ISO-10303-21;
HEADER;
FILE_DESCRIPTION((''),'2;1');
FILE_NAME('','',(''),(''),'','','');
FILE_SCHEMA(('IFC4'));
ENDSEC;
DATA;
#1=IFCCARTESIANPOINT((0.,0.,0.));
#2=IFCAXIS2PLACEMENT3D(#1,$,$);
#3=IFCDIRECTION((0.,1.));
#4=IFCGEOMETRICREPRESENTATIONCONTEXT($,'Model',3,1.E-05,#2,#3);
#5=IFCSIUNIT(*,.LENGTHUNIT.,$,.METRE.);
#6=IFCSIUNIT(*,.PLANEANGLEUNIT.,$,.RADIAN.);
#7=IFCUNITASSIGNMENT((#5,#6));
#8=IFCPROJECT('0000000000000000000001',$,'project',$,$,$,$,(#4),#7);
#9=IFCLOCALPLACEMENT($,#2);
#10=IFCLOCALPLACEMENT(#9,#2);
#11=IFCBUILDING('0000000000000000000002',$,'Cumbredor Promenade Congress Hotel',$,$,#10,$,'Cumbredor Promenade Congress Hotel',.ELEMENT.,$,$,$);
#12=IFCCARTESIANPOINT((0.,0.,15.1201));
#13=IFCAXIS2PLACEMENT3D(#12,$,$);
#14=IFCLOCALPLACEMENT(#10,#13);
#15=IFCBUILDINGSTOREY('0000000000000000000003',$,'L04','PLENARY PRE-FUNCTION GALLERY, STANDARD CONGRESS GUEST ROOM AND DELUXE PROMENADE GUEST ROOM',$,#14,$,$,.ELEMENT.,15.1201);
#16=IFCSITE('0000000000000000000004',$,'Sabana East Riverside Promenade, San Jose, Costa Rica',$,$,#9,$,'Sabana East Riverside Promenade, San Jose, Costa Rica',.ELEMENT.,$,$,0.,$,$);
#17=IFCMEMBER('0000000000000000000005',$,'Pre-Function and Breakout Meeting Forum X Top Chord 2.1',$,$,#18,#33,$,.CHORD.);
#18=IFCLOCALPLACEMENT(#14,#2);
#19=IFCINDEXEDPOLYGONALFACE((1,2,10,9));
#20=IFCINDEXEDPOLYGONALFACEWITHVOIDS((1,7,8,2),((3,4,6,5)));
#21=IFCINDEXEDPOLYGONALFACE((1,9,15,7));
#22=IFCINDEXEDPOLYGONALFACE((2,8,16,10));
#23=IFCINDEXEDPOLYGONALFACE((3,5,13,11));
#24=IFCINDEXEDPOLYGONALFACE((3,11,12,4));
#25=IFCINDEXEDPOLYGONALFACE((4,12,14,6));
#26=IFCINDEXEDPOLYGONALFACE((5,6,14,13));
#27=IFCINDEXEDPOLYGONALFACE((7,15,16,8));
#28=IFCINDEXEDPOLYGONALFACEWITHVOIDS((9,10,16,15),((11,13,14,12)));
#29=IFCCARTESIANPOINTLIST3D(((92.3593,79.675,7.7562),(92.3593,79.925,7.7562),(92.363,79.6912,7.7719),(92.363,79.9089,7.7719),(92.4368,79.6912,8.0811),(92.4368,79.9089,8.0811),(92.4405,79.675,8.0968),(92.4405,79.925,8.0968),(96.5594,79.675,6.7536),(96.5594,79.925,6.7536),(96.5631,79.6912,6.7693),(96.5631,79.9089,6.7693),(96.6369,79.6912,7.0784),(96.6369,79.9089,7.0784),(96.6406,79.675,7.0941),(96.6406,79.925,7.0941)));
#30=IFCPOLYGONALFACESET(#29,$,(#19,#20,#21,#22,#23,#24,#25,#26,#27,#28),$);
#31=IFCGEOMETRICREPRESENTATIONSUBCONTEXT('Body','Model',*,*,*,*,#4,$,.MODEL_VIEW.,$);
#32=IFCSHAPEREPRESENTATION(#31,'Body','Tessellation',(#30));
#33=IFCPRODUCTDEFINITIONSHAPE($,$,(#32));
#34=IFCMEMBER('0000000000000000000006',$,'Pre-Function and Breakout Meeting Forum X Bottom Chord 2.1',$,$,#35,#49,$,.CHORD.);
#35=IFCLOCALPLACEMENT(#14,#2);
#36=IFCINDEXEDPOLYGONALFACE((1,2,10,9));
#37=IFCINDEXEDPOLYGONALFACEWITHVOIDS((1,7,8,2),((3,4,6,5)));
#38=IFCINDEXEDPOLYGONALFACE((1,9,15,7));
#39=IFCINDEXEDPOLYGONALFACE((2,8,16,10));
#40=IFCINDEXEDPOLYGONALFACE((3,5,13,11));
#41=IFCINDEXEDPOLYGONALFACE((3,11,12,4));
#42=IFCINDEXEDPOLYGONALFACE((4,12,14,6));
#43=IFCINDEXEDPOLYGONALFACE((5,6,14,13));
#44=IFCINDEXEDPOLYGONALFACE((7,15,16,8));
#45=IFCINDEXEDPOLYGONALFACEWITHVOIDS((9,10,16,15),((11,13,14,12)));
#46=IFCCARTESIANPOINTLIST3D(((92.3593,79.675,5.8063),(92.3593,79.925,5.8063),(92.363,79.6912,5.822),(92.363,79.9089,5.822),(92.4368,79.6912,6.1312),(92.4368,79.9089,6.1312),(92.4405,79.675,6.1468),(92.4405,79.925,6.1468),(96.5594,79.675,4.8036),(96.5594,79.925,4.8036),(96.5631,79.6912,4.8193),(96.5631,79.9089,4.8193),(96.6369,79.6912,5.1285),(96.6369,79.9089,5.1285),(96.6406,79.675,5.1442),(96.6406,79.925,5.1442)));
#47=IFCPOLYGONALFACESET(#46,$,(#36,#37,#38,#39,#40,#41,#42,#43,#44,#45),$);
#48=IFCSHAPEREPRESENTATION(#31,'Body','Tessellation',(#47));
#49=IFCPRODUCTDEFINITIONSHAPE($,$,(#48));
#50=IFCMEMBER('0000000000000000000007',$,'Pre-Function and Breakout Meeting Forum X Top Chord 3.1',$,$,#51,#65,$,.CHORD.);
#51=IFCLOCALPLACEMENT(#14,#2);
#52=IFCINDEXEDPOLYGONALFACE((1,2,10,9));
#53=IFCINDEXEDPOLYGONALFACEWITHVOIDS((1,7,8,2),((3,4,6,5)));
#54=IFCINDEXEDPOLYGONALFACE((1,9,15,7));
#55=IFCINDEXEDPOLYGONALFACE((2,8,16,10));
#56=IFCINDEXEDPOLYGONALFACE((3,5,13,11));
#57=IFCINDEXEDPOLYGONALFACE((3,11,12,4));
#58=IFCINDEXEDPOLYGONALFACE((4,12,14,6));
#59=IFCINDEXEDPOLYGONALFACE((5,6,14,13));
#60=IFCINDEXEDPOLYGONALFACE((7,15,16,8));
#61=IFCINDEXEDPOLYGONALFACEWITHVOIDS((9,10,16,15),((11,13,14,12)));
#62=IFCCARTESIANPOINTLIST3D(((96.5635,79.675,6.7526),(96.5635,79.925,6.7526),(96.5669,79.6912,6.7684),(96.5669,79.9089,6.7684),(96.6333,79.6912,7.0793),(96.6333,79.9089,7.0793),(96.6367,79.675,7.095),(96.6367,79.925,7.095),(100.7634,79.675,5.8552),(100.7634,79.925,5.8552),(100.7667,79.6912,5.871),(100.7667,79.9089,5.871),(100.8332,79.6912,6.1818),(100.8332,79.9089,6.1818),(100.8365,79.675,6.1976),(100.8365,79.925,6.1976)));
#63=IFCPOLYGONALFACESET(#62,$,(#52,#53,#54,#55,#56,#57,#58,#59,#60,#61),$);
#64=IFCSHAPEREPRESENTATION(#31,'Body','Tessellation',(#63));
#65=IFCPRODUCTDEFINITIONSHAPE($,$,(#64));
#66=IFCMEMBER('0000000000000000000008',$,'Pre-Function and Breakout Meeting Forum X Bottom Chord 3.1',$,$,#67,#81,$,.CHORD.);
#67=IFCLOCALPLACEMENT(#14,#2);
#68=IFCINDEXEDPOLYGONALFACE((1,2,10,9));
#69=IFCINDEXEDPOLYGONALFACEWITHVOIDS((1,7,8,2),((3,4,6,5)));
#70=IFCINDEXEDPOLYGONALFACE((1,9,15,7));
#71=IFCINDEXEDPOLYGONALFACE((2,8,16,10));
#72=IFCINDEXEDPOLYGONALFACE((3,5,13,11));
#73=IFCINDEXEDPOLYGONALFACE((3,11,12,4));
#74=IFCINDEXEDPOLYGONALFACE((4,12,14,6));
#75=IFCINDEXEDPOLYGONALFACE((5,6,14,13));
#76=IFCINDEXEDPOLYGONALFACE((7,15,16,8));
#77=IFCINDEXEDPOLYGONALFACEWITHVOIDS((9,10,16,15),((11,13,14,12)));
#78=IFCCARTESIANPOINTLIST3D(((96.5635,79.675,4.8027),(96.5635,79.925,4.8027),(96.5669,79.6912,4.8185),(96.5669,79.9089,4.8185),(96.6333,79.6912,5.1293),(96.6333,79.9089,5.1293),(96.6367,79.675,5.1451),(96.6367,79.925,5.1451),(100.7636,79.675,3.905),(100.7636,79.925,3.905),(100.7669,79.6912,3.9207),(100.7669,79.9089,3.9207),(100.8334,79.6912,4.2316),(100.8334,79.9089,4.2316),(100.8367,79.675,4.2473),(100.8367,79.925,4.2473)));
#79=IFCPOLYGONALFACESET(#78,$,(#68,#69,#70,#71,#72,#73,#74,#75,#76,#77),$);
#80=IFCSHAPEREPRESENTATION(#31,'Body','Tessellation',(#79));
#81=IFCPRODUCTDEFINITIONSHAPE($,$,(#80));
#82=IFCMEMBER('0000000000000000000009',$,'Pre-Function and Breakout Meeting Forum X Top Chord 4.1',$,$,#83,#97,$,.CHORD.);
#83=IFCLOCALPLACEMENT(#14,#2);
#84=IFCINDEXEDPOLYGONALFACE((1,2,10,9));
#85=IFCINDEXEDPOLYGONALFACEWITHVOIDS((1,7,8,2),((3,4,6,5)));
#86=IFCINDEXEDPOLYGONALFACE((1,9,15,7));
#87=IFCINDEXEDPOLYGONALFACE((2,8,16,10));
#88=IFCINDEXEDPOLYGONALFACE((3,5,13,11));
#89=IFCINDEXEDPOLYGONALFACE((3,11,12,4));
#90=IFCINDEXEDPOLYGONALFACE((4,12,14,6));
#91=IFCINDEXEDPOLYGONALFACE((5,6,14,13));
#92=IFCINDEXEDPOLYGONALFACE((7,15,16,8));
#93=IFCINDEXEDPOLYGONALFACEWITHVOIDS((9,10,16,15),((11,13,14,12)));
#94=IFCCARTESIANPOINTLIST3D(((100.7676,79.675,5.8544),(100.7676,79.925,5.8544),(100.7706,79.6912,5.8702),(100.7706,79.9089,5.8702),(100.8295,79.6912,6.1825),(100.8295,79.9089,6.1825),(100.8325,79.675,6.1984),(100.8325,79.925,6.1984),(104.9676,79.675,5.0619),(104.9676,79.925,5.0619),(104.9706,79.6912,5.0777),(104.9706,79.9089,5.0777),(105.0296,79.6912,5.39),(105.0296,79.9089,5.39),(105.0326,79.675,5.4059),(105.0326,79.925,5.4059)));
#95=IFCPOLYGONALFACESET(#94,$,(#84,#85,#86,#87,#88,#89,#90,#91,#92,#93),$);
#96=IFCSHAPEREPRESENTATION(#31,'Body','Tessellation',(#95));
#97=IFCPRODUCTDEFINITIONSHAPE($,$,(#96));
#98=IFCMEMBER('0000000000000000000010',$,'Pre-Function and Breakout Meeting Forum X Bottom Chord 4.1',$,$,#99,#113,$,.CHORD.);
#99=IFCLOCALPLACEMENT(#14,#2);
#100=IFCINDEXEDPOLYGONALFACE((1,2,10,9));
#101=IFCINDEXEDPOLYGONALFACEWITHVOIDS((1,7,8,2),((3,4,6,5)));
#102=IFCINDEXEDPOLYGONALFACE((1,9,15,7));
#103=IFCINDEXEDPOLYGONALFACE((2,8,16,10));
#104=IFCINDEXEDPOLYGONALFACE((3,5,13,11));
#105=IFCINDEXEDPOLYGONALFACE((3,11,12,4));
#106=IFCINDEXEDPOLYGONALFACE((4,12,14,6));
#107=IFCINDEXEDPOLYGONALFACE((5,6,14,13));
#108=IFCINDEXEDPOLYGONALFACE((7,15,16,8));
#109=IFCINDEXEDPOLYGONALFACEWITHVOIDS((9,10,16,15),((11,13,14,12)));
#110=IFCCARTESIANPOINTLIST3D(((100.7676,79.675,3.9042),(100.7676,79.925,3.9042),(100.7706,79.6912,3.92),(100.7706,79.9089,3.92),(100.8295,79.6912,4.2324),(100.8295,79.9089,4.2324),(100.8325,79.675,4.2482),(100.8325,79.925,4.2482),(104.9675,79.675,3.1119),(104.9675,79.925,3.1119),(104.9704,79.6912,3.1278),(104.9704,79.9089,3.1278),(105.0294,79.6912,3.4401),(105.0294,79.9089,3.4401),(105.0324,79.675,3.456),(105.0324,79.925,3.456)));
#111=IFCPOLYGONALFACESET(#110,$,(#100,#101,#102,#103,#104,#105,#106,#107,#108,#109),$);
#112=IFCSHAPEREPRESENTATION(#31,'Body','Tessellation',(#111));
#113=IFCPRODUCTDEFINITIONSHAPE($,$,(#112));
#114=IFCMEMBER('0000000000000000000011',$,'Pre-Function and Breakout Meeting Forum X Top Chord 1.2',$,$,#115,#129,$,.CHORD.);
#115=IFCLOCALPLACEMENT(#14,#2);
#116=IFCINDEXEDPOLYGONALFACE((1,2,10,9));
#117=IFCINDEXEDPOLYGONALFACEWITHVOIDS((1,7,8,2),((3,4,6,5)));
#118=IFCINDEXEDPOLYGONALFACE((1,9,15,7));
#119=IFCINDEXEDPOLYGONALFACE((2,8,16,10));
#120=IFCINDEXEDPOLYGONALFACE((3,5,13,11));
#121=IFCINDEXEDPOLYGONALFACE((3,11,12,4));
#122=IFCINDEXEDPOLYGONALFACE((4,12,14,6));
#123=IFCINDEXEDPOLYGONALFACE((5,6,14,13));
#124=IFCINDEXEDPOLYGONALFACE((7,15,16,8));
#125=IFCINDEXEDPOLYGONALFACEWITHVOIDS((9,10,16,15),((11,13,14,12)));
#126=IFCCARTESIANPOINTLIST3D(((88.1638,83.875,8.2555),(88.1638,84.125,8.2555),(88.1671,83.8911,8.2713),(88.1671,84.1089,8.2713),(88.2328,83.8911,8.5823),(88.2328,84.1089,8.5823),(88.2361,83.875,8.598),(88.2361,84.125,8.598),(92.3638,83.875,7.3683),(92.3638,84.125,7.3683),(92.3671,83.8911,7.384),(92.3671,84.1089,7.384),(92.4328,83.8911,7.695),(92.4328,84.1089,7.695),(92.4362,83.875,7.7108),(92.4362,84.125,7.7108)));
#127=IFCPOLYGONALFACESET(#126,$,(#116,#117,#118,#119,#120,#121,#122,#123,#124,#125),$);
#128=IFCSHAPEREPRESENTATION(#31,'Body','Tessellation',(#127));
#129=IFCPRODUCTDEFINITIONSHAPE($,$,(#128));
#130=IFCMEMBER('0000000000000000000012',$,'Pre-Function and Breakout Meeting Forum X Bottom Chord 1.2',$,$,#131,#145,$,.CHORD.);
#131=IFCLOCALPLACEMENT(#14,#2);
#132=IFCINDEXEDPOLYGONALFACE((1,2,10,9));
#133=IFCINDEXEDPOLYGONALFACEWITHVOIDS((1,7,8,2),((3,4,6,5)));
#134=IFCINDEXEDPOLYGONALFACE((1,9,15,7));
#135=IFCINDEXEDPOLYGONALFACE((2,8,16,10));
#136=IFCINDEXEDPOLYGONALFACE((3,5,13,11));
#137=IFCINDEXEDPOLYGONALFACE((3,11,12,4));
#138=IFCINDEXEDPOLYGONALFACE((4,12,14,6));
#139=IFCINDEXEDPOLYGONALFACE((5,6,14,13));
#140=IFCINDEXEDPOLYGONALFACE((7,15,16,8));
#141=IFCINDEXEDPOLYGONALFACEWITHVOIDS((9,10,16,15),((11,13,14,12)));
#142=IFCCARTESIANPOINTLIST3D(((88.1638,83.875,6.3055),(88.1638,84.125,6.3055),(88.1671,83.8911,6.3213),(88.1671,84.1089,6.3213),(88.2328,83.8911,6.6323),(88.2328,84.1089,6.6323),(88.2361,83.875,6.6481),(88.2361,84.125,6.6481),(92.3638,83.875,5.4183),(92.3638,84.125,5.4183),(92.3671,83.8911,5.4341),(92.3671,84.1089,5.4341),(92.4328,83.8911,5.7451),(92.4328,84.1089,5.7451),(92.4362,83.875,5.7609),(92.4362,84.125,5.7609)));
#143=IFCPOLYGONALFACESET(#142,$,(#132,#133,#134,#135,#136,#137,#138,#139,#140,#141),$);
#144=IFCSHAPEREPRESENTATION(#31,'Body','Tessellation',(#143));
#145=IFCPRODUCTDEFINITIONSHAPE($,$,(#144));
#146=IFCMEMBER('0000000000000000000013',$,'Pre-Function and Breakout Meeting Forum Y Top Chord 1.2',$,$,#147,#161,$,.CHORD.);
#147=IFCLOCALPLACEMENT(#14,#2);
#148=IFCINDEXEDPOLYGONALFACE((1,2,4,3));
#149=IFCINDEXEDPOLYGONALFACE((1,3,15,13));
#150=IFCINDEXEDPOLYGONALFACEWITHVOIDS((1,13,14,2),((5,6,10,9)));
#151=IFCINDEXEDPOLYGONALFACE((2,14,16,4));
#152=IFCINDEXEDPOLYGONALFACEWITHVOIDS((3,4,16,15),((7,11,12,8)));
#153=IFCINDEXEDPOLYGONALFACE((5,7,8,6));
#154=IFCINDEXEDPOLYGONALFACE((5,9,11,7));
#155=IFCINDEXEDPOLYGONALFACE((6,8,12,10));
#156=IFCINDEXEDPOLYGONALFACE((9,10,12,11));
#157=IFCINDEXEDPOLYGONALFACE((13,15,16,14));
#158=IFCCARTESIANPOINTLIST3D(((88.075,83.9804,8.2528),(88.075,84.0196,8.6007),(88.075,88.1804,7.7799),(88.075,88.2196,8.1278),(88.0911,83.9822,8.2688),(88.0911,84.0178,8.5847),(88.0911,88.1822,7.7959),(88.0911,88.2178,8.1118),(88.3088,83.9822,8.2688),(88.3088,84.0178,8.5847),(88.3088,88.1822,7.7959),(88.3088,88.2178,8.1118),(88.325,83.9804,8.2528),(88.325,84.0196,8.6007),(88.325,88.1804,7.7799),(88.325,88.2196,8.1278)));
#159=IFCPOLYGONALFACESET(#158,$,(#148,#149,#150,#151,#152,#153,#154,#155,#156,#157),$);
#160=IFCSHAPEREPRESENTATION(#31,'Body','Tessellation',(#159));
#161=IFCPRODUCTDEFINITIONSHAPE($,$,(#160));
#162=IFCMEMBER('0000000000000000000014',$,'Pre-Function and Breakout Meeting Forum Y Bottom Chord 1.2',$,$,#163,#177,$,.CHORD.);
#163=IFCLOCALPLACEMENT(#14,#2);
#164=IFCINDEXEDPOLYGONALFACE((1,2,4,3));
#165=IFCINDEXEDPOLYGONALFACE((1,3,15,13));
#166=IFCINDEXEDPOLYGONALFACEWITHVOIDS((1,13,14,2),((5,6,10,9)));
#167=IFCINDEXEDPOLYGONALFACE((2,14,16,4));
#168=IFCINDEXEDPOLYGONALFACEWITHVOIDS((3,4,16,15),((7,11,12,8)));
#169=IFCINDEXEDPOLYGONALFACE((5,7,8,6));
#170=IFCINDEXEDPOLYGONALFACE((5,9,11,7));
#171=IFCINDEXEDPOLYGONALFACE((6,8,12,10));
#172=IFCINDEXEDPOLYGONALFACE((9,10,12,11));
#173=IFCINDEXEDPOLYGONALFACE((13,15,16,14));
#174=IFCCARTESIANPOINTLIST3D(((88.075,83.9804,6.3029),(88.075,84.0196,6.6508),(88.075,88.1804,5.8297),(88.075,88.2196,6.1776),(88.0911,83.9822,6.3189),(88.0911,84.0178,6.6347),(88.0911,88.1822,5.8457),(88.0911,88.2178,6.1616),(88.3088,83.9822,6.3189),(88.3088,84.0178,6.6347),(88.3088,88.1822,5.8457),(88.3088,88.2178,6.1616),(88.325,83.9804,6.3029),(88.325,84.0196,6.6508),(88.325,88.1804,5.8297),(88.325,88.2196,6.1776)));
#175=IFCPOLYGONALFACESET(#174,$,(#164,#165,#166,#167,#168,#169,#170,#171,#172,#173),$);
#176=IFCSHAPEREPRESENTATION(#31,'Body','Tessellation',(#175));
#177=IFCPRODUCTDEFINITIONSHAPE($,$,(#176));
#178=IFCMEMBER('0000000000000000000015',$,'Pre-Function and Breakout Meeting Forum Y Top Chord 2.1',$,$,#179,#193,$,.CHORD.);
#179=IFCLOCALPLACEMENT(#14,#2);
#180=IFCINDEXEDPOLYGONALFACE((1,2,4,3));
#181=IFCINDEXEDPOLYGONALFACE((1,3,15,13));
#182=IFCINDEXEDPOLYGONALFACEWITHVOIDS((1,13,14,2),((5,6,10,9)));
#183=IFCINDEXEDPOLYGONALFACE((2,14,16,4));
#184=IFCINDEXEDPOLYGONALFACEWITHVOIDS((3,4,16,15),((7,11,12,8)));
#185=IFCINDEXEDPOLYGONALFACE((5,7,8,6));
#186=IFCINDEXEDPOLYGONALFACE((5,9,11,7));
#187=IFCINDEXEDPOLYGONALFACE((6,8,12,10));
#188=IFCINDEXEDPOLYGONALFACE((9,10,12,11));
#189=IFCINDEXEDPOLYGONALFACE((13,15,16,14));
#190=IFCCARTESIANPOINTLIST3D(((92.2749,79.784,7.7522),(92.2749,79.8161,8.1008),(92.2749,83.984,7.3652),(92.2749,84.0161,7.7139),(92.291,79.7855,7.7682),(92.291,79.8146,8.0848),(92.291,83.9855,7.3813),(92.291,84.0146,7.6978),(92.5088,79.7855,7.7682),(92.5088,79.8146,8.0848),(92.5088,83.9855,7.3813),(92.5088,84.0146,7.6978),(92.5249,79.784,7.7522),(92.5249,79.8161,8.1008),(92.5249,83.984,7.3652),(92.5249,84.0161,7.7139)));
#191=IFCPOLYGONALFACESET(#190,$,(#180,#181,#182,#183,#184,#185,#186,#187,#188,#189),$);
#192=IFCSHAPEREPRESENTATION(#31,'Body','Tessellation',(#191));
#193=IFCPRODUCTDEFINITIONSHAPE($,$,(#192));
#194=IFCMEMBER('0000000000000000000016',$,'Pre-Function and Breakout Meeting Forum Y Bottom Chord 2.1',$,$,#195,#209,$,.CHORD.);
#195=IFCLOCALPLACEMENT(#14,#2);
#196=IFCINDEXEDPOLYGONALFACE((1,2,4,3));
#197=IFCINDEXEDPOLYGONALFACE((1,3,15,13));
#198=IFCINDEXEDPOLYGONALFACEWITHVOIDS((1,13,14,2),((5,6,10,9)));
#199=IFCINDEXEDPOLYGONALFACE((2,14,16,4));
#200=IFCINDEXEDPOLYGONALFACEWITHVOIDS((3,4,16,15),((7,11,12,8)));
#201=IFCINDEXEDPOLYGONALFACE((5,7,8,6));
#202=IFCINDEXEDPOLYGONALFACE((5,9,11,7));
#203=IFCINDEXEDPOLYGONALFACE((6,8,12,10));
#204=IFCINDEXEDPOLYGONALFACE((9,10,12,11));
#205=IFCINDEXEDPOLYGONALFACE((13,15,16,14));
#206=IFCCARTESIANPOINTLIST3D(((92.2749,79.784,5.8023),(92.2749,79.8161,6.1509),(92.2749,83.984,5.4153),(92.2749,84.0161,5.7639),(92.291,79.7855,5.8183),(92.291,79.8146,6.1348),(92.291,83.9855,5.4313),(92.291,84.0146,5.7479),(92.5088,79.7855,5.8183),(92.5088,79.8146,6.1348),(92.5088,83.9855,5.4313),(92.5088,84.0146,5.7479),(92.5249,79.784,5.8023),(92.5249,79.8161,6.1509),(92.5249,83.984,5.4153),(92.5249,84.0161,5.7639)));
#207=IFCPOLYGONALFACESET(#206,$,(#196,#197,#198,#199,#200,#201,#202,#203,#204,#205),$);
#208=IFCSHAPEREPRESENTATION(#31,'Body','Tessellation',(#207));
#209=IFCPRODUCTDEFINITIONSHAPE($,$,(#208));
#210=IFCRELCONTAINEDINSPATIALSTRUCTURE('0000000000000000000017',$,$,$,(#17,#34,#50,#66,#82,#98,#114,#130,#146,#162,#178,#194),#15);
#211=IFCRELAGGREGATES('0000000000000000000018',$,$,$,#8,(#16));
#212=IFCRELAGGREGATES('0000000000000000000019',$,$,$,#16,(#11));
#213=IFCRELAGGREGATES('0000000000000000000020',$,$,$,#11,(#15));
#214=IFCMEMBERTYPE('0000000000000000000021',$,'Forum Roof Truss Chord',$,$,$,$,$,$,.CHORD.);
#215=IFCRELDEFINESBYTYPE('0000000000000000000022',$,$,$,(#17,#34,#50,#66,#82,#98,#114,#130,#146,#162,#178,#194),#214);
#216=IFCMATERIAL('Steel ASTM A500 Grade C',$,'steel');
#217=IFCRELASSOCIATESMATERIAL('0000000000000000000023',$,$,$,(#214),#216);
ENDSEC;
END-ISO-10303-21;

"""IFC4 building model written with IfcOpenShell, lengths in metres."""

from ifc_helpers import new_model, si_unit, direction, frame, origin, origin_2d, place, context, subcontext, project, spatial, hollow_rectangle, extrude, material, material_profile, profile_set, type_object, element, save


model = new_model("IFC4")

# Units and contexts
model_context = context("Model", 3, precision=1e-05, world=origin(), true_north=direction((0.0, 1.0)))
body_context = subcontext(model_context, "Body", "Model", "MODEL_VIEW")
ifc_project = project(units=[si_unit("LENGTHUNIT", "METRE"), si_unit("PLANEANGLEUNIT", "RADIAN")], contexts=[model_context])

# Site, building, storey
site_placement = place(None, origin())
site = spatial("IfcSite", under=ifc_project, at=site_placement, Name="Sabana East Riverside Promenade, San Jose, Costa Rica", LongName="Sabana East Riverside Promenade, San Jose, Costa Rica", CompositionType="ELEMENT", RefElevation=0.0)
building_placement = place(site_placement, origin())
building = spatial("IfcBuilding", under=site, at=building_placement, Name="Cumbredor Promenade Congress Hotel", LongName="Cumbredor Promenade Congress Hotel", CompositionType="ELEMENT")
storey_placement = place(building_placement, frame((0.0, 0.0, 15.1201)))
storey = spatial("IfcBuildingStorey", under=building, at=storey_placement, Name="L04", Description="PLENARY PRE-FUNCTION GALLERY, STANDARD CONGRESS GUEST ROOM AND DELUXE PROMENADE GUEST ROOM", CompositionType="ELEMENT", Elevation=15.1201)

# Members
ifc_material_1 = material(Name="Steel ASTM A500 Grade C", Category="steel")
ifc_material_profile_1 = material_profile(ifc_material_1, hollow_rectangle(XDim=0.25, YDim=0.3501, WallThickness=0.0161, at=origin_2d()), Name="HSS 350x250x16")
ifc_profile_set_1 = profile_set([ifc_material_profile_1], Name="Steel ASTM A500 Grade C")
member_type_1 = type_object("IfcMemberType", Name="Forum Roof Truss Chord", PredefinedType="CHORD", material=ifc_profile_set_1)
for number, where, z_axis, x_axis, name in (
    (1, (92.3999, 79.8, 7.9265), (0.972668, 0.0, -0.232199), (0.0, 1.0, 0.0), "Pre-Function and Breakout Meeting Forum X Top Chord 2.1"),
    (2, (92.3999, 79.8, 5.9766), (0.972668, 0.0, -0.232199), (0.0, 1.0, 0.0), "Pre-Function and Breakout Meeting Forum X Bottom Chord 2.1"),
):
    element("IfcMember", number, at=place(storey_placement, frame(where, z_axis=z_axis, x_axis=x_axis)), inside=storey, type_object=member_type_1, Name=name, PredefinedType="CHORD", context=body_context, shape_type="SweptSolid", body=[
        extrude(hollow_rectangle(XDim=0.25, YDim=0.3501, WallThickness=0.0161, at=origin_2d()), origin(), (0.0, 0.0, 1.0), 4.3181),
    ])
member_1_placement = place(storey_placement, frame((96.6001, 79.8, 6.9238), z_axis=(0.977923, 0.0, -0.208966), x_axis=(0.0, 1.0, 0.0)))
element("IfcMember", 3, at=member_1_placement, inside=storey, type_object=member_type_1, Name="Pre-Function and Breakout Meeting Forum X Top Chord 3.1", PredefinedType="CHORD", context=body_context, shape_type="SweptSolid", body=[
    extrude(hollow_rectangle(XDim=0.25, YDim=0.3501, WallThickness=0.0161, at=origin_2d()), origin(), (0.0, 0.0, 1.0), 4.2947),
])
member_2_placement = place(storey_placement, frame((96.6001, 79.8, 4.9739), z_axis=(0.977911, 0.0, -0.209021), x_axis=(0.0, 1.0, 0.0)))
element("IfcMember", 4, at=member_2_placement, inside=storey, type_object=member_type_1, Name="Pre-Function and Breakout Meeting Forum X Bottom Chord 3.1", PredefinedType="CHORD", context=body_context, shape_type="SweptSolid", body=[
    extrude(hollow_rectangle(XDim=0.25, YDim=0.3501, WallThickness=0.0161, at=origin_2d()), origin(), (0.0, 0.0, 1.0), 4.2949),
])
member_3_placement = place(storey_placement, frame((100.8, 79.8, 6.0264), z_axis=(0.98266, 0.0, -0.185416), x_axis=(0.0, 1.0, 0.0)))
element("IfcMember", 5, at=member_3_placement, inside=storey, type_object=member_type_1, Name="Pre-Function and Breakout Meeting Forum X Top Chord 4.1", PredefinedType="CHORD", context=body_context, shape_type="SweptSolid", body=[
    extrude(hollow_rectangle(XDim=0.25, YDim=0.3501, WallThickness=0.0161, at=origin_2d()), origin(), (0.0, 0.0, 1.0), 4.2742),
])
member_4_placement = place(storey_placement, frame((100.8, 79.8, 4.0762), z_axis=(0.98267, 0.0, -0.185361), x_axis=(0.0, 1.0, 0.0)))
element("IfcMember", 6, at=member_4_placement, inside=storey, type_object=member_type_1, Name="Pre-Function and Breakout Meeting Forum X Bottom Chord 4.1", PredefinedType="CHORD", context=body_context, shape_type="SweptSolid", body=[
    extrude(hollow_rectangle(XDim=0.25, YDim=0.3501, WallThickness=0.0161, at=origin_2d()), origin(), (0.0, 0.0, 1.0), 4.2739),
])
for number, where, z_axis, x_axis, name in (
    (7, (88.2, 84.0, 8.4268), (0.978408, 0.0, -0.206681), (0.0, 1.0, 0.0), "Pre-Function and Breakout Meeting Forum X Top Chord 1.2"),
    (8, (88.2, 84.0, 6.4768), (0.978408, 0.0, -0.206681), (0.0, 1.0, 0.0), "Pre-Function and Breakout Meeting Forum X Bottom Chord 1.2"),
):
    element("IfcMember", number, at=place(storey_placement, frame(where, z_axis=z_axis, x_axis=x_axis)), inside=storey, type_object=member_type_1, Name=name, PredefinedType="CHORD", context=body_context, shape_type="SweptSolid", body=[
        extrude(hollow_rectangle(XDim=0.25, YDim=0.3501, WallThickness=0.0161, at=origin_2d()), origin(), (0.0, 0.0, 1.0), 4.2927),
    ])
for number, where, z_axis, x_axis, name in (
    (9, (88.2, 84.0, 8.4268), (0.0, 0.993721, -0.11189), (-1.0, 0.0, 0.0), "Pre-Function and Breakout Meeting Forum Y Top Chord 1.2"),
    (10, (88.2, 84.0, 6.4768), (0.0, 0.993714, -0.111947), (-1.0, 0.0, 0.0), "Pre-Function and Breakout Meeting Forum Y Bottom Chord 1.2"),
):
    element("IfcMember", number, at=place(storey_placement, frame(where, z_axis=z_axis, x_axis=x_axis)), inside=storey, type_object=member_type_1, Name=name, PredefinedType="CHORD", context=body_context, shape_type="SweptSolid", body=[
        extrude(hollow_rectangle(XDim=0.25, YDim=0.3501, WallThickness=0.0161, at=origin_2d()), origin(), (0.0, 0.0, 1.0), 4.2266),
    ])
for number, where, z_axis, x_axis, name in (
    (11, (92.3999, 79.8, 7.9265), (0.0, 0.995782, -0.091747), (-1.0, 0.0, 0.0), "Pre-Function and Breakout Meeting Forum Y Top Chord 2.1"),
    (12, (92.3999, 79.8, 5.9766), (0.0, 0.995782, -0.091747), (-1.0, 0.0, 0.0), "Pre-Function and Breakout Meeting Forum Y Bottom Chord 2.1"),
):
    element("IfcMember", number, at=place(storey_placement, frame(where, z_axis=z_axis, x_axis=x_axis)), inside=storey, type_object=member_type_1, Name=name, PredefinedType="CHORD", context=body_context, shape_type="SweptSolid", body=[
        extrude(hollow_rectangle(XDim=0.25, YDim=0.3501, WallThickness=0.0161, at=origin_2d()), origin(), (0.0, 0.0, 1.0), 4.2178),
    ])

save(model, "model.ifc")
